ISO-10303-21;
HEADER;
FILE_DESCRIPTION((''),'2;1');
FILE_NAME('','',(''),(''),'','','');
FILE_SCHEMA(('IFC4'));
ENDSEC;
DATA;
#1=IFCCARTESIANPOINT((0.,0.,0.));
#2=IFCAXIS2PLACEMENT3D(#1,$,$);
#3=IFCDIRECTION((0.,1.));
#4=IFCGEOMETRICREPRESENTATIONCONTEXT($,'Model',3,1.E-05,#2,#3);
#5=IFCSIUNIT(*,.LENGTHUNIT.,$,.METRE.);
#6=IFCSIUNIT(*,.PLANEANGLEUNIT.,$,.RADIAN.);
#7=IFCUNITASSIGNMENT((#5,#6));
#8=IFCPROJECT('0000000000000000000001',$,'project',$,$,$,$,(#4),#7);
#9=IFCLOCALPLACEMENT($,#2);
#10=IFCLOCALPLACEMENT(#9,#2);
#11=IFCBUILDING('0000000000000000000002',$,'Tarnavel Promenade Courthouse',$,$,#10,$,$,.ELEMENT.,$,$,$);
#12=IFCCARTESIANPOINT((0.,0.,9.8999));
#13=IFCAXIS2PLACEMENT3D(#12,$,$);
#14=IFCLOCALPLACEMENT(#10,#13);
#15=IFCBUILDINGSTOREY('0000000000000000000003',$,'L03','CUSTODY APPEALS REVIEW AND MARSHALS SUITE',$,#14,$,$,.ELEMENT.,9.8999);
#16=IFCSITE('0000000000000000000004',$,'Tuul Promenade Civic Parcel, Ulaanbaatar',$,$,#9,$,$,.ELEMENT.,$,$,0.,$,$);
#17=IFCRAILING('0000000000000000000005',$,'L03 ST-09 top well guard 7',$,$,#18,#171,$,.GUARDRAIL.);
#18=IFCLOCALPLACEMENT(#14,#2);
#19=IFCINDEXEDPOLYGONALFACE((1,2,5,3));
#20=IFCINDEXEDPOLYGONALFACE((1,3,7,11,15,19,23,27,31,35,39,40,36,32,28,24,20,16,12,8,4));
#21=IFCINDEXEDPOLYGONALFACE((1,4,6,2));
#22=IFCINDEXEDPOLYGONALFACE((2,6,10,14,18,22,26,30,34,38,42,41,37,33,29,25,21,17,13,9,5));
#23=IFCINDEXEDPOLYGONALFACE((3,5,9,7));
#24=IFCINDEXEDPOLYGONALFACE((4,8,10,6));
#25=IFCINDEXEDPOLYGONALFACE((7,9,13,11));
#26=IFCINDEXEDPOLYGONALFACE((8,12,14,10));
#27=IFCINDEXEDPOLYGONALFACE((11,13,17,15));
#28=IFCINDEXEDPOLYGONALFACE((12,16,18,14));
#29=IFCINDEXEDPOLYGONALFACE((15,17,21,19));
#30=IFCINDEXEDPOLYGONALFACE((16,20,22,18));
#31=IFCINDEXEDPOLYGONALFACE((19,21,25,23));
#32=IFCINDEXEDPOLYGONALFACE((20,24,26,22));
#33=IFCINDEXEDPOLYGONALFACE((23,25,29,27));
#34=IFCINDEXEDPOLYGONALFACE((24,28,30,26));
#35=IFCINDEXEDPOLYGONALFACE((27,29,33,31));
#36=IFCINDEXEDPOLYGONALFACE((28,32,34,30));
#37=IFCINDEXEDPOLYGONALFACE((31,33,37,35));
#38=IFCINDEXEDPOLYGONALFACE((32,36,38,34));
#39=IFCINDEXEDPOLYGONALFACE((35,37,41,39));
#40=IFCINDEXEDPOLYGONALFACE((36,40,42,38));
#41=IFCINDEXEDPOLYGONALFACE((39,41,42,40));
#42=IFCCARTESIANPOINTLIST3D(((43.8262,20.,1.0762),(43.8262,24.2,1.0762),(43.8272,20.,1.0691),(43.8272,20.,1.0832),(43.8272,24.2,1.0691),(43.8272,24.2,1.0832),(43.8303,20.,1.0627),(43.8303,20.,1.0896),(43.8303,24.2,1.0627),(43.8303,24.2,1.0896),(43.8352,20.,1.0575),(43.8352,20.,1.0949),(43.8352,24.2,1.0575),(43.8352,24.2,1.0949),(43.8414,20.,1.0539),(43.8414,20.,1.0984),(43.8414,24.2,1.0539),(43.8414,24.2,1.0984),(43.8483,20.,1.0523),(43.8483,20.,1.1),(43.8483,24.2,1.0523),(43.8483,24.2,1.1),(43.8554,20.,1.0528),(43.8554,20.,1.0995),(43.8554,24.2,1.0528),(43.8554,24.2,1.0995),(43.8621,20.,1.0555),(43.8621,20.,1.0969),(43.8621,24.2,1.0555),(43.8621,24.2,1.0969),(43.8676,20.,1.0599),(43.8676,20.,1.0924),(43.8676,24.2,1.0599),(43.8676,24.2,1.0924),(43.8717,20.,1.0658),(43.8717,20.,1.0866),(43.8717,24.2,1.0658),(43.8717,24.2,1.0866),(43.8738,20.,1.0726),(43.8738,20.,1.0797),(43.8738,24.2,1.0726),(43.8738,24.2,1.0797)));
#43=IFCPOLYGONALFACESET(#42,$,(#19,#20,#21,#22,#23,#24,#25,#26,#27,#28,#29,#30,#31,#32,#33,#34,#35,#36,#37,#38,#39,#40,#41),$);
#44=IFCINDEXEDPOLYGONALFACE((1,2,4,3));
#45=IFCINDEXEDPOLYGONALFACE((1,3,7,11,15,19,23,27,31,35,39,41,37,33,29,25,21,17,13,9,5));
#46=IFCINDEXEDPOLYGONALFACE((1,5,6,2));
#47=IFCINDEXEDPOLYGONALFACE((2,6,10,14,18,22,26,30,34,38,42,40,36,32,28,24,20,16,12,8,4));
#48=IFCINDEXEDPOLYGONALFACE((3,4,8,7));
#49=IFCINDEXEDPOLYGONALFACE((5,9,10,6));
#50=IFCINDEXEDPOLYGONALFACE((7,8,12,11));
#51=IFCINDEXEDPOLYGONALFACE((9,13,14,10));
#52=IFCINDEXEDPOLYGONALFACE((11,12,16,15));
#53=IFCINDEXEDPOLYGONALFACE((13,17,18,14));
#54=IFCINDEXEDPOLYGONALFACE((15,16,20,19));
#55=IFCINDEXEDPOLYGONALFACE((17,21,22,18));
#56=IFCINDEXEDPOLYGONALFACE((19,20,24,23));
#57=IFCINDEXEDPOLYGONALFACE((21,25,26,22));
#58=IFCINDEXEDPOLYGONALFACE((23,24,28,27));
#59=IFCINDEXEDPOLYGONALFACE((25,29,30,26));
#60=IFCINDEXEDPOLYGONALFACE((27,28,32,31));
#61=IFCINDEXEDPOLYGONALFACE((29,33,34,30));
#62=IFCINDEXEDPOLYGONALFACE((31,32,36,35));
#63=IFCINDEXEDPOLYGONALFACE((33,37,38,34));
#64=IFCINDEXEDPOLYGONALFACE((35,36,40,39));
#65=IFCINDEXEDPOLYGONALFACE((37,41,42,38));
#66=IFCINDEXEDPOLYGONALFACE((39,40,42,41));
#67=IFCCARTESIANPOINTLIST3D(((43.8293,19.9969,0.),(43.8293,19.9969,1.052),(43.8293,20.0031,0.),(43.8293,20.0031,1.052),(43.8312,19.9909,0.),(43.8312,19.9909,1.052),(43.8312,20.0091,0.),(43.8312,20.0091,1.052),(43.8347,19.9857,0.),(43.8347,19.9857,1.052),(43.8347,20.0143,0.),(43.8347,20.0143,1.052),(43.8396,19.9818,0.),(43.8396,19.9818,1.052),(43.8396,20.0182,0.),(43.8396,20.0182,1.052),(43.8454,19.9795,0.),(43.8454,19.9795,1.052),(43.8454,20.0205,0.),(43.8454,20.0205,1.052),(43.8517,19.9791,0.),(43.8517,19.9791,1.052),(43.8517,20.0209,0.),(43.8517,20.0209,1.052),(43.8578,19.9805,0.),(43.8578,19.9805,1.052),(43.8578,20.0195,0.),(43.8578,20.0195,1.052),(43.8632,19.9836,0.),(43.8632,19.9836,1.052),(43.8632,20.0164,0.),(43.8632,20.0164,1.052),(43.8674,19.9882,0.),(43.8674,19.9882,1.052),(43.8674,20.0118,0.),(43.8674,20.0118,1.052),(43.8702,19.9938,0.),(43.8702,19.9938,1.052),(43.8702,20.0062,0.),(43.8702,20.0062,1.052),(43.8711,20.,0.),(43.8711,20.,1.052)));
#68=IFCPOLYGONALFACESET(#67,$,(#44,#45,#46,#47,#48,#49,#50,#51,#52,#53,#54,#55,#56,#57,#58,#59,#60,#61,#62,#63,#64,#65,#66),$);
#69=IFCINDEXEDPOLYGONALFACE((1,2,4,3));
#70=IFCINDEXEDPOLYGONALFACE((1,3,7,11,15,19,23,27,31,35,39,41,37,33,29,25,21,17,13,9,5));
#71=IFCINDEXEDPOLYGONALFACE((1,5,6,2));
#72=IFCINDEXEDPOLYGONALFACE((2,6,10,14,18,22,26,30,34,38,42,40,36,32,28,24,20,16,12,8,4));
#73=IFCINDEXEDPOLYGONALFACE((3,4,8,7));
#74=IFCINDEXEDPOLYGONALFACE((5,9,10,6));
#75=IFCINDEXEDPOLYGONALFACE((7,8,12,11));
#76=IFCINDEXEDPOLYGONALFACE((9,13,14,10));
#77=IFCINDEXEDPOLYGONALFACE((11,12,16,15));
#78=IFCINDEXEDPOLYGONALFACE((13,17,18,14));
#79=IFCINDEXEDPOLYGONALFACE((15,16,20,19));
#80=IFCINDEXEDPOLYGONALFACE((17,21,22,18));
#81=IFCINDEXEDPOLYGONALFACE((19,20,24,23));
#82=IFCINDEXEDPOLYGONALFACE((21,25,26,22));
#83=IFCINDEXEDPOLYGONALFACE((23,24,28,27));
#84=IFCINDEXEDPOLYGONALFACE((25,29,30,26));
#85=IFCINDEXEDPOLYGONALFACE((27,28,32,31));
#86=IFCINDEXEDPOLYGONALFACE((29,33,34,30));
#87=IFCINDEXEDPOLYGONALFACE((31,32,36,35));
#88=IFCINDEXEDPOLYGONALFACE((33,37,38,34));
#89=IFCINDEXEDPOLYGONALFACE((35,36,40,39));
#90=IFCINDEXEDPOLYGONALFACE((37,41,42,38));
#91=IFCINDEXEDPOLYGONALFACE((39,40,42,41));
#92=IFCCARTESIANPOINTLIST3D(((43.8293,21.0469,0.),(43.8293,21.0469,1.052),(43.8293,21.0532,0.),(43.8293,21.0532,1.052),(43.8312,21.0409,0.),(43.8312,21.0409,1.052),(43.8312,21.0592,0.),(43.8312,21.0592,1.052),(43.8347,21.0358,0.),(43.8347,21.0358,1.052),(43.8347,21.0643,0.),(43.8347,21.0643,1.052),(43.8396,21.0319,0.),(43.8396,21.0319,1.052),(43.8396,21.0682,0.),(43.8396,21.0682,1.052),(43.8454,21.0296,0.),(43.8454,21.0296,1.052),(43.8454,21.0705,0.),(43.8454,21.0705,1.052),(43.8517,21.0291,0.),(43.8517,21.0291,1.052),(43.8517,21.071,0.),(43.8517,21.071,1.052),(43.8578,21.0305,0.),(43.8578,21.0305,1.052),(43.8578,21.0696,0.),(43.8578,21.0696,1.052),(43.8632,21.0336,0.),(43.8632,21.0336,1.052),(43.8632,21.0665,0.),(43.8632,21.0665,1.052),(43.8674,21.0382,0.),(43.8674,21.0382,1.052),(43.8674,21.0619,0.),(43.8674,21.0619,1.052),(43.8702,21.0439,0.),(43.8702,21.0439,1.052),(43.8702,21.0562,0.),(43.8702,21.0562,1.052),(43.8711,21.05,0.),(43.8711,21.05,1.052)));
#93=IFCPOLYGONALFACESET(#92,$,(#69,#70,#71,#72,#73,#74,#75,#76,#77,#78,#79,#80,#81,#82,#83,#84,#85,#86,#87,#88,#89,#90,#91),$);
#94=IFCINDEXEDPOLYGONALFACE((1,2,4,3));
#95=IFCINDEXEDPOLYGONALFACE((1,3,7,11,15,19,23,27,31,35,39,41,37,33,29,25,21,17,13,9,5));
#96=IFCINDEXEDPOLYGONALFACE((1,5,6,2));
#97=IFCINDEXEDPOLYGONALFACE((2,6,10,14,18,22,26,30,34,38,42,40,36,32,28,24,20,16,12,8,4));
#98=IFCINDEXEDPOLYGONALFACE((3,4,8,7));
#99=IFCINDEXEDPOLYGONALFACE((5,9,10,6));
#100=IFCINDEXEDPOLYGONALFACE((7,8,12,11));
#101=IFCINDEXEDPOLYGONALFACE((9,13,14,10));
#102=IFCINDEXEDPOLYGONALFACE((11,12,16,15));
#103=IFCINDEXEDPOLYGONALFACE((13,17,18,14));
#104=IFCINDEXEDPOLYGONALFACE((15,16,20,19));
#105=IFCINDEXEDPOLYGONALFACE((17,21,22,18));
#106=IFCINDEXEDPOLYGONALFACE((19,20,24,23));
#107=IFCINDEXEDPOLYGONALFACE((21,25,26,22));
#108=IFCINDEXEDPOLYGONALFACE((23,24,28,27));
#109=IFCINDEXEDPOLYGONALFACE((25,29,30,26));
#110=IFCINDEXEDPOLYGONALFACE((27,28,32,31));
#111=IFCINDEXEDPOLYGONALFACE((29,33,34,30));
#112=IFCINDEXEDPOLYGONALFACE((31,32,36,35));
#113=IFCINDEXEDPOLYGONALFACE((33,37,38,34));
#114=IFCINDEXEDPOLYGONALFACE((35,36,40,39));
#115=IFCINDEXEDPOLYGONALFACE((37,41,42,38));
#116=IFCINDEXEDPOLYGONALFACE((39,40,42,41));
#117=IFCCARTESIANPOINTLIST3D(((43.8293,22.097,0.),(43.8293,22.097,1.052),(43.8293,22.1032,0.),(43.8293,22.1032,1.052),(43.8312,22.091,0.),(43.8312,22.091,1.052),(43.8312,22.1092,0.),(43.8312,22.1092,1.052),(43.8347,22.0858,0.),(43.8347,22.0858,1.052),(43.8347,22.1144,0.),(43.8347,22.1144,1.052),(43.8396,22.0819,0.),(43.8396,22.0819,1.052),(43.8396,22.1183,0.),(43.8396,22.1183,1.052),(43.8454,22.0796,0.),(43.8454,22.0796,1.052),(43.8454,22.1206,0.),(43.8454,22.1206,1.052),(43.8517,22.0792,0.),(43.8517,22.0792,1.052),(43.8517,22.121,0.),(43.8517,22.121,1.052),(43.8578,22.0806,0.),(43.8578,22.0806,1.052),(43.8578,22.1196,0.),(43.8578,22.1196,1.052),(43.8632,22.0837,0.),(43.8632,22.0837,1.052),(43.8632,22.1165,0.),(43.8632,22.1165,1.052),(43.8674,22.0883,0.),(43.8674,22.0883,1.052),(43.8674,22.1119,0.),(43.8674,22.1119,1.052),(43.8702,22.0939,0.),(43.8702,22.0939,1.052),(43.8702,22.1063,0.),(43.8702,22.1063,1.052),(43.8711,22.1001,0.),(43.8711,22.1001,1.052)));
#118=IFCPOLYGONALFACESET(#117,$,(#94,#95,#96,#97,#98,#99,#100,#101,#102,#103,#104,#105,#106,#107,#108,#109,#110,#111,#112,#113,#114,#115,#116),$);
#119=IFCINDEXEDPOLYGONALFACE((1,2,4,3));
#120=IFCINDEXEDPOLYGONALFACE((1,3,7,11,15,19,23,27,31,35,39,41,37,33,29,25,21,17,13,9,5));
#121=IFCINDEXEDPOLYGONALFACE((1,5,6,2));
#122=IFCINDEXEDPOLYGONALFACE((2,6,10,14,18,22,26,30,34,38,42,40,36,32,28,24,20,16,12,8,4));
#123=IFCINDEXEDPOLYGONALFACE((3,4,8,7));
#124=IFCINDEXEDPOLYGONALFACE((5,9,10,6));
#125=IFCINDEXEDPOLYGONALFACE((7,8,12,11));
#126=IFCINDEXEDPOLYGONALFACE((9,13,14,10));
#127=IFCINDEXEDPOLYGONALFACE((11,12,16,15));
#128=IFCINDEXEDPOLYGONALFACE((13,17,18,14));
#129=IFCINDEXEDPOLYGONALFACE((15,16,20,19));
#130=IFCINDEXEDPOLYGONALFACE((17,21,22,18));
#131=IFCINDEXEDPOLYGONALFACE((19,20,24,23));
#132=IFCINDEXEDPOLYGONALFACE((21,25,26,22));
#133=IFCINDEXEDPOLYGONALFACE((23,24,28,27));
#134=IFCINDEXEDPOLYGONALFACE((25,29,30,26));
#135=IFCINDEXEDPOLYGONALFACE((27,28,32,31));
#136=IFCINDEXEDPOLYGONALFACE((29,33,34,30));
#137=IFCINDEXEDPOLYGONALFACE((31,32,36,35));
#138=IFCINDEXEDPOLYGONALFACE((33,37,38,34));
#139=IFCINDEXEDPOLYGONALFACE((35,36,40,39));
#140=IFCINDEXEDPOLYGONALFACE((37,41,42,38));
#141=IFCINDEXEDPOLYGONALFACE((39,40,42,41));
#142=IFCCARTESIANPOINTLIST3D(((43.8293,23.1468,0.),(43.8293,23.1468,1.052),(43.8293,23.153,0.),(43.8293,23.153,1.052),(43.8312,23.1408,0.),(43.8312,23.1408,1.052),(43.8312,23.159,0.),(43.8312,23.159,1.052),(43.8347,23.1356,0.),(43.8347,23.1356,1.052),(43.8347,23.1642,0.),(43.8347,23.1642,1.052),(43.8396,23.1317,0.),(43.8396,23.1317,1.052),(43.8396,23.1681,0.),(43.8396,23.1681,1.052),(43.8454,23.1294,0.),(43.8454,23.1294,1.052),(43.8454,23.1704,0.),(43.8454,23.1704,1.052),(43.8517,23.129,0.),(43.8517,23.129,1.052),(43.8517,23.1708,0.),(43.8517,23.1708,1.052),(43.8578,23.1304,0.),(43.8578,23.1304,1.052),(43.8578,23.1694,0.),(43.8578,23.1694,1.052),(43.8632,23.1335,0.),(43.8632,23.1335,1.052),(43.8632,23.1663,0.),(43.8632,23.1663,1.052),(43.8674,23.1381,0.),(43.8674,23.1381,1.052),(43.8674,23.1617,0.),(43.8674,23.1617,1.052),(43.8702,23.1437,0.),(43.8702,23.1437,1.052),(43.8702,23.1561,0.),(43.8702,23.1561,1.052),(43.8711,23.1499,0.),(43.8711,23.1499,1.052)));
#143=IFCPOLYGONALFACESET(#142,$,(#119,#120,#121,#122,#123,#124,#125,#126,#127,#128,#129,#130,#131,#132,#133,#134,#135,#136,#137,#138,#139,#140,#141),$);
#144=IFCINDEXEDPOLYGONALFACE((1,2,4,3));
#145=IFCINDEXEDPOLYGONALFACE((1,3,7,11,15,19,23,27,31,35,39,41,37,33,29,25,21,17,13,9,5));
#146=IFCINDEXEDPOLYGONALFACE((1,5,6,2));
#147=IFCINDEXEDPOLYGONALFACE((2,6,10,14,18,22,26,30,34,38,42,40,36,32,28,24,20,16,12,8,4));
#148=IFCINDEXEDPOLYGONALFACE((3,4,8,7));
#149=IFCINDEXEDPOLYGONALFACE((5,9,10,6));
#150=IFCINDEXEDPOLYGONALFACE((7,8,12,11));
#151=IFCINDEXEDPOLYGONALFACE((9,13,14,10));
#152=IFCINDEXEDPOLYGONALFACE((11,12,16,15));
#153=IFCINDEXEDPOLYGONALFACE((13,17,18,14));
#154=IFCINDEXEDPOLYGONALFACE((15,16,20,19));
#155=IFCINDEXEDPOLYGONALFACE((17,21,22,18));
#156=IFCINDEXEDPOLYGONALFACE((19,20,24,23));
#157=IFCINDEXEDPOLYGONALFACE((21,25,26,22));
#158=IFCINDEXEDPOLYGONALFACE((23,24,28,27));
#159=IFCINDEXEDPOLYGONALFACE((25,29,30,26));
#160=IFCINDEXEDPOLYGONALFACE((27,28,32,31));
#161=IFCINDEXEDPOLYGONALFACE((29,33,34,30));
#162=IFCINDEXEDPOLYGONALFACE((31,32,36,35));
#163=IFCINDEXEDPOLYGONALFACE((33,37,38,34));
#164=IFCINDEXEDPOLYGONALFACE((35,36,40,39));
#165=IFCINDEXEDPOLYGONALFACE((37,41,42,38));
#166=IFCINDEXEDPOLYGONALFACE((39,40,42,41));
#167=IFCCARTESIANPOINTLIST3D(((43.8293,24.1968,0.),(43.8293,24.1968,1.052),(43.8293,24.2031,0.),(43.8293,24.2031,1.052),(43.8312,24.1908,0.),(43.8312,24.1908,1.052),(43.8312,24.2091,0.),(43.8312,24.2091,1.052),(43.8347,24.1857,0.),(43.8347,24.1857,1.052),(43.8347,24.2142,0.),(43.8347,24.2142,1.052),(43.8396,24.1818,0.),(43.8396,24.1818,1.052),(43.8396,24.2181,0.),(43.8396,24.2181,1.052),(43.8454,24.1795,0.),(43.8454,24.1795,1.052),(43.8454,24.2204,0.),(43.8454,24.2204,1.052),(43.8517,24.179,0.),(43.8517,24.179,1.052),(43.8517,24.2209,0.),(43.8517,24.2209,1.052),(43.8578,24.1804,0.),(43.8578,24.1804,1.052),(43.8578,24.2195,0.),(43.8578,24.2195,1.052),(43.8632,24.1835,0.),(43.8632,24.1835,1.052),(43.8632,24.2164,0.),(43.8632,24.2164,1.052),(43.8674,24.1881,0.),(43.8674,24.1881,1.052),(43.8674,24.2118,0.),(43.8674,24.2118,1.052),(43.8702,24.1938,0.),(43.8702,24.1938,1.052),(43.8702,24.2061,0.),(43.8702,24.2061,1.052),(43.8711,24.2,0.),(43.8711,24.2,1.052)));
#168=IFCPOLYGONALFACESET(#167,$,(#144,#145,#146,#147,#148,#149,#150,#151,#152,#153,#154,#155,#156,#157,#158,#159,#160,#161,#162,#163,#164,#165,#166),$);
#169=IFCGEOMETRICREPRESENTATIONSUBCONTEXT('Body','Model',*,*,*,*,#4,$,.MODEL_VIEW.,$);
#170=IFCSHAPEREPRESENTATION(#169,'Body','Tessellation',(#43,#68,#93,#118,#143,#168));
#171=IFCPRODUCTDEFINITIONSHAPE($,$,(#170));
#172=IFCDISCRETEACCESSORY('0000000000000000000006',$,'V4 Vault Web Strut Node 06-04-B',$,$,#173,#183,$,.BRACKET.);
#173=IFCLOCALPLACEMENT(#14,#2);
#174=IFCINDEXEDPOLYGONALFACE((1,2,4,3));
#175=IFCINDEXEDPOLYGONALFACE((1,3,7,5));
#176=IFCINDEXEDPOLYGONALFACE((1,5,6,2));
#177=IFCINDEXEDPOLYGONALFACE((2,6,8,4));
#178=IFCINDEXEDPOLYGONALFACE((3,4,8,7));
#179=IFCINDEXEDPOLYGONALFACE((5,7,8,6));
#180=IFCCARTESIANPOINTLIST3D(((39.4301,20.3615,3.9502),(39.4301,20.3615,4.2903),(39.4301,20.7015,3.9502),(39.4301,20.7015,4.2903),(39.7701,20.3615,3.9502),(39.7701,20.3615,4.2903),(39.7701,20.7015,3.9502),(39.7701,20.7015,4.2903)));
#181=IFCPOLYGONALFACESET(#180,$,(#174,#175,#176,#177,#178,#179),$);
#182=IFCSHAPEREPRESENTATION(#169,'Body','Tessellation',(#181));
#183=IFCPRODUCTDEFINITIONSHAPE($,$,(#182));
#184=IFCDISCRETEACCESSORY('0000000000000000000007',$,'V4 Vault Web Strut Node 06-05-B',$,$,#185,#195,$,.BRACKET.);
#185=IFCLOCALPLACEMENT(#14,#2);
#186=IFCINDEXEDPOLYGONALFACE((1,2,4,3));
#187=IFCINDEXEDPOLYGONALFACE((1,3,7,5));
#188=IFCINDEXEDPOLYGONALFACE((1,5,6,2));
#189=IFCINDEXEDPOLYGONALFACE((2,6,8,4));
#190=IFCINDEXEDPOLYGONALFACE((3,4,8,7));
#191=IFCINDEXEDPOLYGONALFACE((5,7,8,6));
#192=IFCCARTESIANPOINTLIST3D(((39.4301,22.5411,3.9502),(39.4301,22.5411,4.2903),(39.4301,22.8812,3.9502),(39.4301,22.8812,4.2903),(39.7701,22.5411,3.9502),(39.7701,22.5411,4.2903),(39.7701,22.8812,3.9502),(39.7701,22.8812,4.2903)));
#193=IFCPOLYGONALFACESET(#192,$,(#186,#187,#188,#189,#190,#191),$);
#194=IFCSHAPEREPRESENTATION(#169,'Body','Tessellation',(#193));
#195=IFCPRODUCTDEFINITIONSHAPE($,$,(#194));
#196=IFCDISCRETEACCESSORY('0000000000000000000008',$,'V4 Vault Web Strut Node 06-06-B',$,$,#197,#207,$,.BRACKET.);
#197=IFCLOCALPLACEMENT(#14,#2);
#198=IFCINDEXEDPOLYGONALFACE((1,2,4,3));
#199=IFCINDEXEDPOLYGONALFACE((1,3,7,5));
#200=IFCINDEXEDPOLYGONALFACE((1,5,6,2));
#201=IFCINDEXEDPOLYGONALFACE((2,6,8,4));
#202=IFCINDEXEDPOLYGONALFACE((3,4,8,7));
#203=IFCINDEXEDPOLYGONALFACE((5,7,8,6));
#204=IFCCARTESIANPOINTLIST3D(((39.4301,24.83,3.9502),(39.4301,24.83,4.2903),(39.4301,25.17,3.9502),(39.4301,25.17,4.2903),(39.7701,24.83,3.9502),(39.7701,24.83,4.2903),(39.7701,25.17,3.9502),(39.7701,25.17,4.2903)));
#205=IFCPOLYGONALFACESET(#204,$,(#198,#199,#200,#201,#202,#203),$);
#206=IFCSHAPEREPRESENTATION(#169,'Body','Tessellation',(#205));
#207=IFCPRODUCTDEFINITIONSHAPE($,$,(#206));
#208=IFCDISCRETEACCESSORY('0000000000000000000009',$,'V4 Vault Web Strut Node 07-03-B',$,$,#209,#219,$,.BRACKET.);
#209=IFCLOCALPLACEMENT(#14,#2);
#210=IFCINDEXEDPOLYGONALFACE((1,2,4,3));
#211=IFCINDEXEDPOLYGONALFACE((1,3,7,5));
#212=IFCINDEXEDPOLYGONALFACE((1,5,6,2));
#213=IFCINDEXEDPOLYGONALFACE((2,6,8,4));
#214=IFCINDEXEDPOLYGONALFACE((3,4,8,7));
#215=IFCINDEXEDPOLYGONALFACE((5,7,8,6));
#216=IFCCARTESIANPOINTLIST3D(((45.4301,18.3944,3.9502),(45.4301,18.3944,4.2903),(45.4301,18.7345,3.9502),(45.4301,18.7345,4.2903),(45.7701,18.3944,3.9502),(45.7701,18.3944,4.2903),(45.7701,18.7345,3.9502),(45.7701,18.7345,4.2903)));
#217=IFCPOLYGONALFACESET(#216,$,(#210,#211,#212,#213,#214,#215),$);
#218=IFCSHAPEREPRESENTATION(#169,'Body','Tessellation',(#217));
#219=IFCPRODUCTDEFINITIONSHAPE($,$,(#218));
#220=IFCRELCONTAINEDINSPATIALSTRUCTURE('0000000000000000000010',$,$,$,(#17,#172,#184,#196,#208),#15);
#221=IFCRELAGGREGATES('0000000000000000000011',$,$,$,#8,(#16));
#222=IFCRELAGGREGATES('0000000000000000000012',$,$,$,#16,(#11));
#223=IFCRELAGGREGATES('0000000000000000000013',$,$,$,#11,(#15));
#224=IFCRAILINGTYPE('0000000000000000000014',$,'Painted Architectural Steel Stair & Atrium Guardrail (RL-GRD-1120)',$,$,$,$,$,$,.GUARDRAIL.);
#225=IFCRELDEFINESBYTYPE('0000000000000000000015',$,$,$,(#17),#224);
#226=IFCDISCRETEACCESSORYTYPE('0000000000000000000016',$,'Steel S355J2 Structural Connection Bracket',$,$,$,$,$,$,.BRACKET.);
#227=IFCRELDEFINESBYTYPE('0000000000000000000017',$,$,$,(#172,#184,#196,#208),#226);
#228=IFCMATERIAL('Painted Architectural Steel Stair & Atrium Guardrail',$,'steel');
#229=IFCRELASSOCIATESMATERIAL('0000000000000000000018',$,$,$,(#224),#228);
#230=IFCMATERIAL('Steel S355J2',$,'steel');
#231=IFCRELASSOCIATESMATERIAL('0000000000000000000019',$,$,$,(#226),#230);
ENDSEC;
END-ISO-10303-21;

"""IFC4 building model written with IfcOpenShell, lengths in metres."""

from ifc_helpers import new_model, si_unit, direction, frame, origin, origin_2d, place, context, subcontext, project, spatial, rectangle, circle, extrude, material, type_object, element, save


model = new_model("IFC4")

# Units and contexts
model_context = context("Model", 3, precision=1e-05, world=origin(), true_north=direction((0.0, 1.0)))
body_context = subcontext(model_context, "Body", "Model", "MODEL_VIEW")
ifc_project = project(units=[si_unit("LENGTHUNIT", "METRE"), si_unit("PLANEANGLEUNIT", "RADIAN")], contexts=[model_context])

# Site, building, storey
site_placement = place(None, origin())
site = spatial("IfcSite", under=ifc_project, at=site_placement, Name="Tuul Promenade Civic Parcel, Ulaanbaatar", CompositionType="ELEMENT", RefElevation=0.0)
building_placement = place(site_placement, origin())
building = spatial("IfcBuilding", under=site, at=building_placement, Name="Tarnavel Promenade Courthouse", CompositionType="ELEMENT")
storey_placement = place(building_placement, frame((0.0, 0.0, 9.8999)))
storey = spatial("IfcBuildingStorey", under=building, at=storey_placement, Name="L03", Description="CUSTODY APPEALS REVIEW AND MARSHALS SUITE", CompositionType="ELEMENT", Elevation=9.8999)

# Shared definitions
ifc_material_1 = material(Name="Steel S355J2", Category="steel")

# Railing
ifc_material_2 = material(Name="Painted Architectural Steel Stair & Atrium Guardrail", Category="steel")
railing_type = type_object("IfcRailingType", Name="Painted Architectural Steel Stair & Atrium Guardrail (RL-GRD-1120)", PredefinedType="GUARDRAIL", material=ifc_material_2)
railing_1_placement = place(storey_placement, frame((43.8501, 20.0, 0.0)))
element("IfcRailing", 1, at=railing_1_placement, inside=storey, type_object=railing_type, Name="L03 ST-09 top well guard 7", PredefinedType="GUARDRAIL", context=body_context, shape_type="SweptSolid", body=[
    extrude(circle(Radius=0.0239, at=origin_2d()), frame((0.0, 0.0, 1.0762), z_axis=(0.0, 1.0, 0.0), x_axis=(-1.0, 0.0, 0.0)), (0.0, 0.0, 1.0), 4.2),
    extrude(circle(Radius=0.021, at=origin_2d()), origin(), (0.0, 0.0, 1.0), 1.052),
    extrude(circle(Radius=0.021, at=origin_2d()), frame((0.0, 1.05, 0.0)), (0.0, 0.0, 1.0), 1.052),
    extrude(circle(Radius=0.021, at=origin_2d()), frame((0.0, 2.1001, 0.0)), (0.0, 0.0, 1.0), 1.052),
    extrude(circle(Radius=0.021, at=origin_2d()), frame((0.0, 3.1499, 0.0)), (0.0, 0.0, 1.0), 1.052),
    extrude(circle(Radius=0.021, at=origin_2d()), frame((0.0, 4.2, 0.0)), (0.0, 0.0, 1.0), 1.052),
])

# Discrete accessories
discrete_accessory_type = type_object("IfcDiscreteAccessoryType", Name="Steel S355J2 Structural Connection Bracket", PredefinedType="BRACKET", material=ifc_material_1)
for number, where, z_axis, x_axis, name in (
    (2, (39.6001, 20.5315, 3.9502), (0.0, 0.0, 1.0), (1.0, 0.0, 0.0), "V4 Vault Web Strut Node 06-04-B"),
    (3, (39.6001, 22.7112, 3.9502), (0.0, 0.0, 1.0), (1.0, 0.0, 0.0), "V4 Vault Web Strut Node 06-05-B"),
    (4, (39.6001, 25.0, 3.9502), (0.0, 0.0, 1.0), (1.0, 0.0, 0.0), "V4 Vault Web Strut Node 06-06-B"),
    (5, (45.6001, 18.5645, 3.9502), (0.0, 0.0, 1.0), (1.0, 0.0, 0.0), "V4 Vault Web Strut Node 07-03-B"),
):
    element("IfcDiscreteAccessory", number, at=place(storey_placement, frame(where, z_axis=z_axis, x_axis=x_axis)), inside=storey, type_object=discrete_accessory_type, Name=name, PredefinedType="BRACKET", context=body_context, shape_type="SweptSolid", body=[
        extrude(rectangle(XDim=0.3401, YDim=0.3401, at=origin_2d()), origin(), (0.0, 0.0, 1.0), 0.3401),
    ])

save(model, "model.ifc")
